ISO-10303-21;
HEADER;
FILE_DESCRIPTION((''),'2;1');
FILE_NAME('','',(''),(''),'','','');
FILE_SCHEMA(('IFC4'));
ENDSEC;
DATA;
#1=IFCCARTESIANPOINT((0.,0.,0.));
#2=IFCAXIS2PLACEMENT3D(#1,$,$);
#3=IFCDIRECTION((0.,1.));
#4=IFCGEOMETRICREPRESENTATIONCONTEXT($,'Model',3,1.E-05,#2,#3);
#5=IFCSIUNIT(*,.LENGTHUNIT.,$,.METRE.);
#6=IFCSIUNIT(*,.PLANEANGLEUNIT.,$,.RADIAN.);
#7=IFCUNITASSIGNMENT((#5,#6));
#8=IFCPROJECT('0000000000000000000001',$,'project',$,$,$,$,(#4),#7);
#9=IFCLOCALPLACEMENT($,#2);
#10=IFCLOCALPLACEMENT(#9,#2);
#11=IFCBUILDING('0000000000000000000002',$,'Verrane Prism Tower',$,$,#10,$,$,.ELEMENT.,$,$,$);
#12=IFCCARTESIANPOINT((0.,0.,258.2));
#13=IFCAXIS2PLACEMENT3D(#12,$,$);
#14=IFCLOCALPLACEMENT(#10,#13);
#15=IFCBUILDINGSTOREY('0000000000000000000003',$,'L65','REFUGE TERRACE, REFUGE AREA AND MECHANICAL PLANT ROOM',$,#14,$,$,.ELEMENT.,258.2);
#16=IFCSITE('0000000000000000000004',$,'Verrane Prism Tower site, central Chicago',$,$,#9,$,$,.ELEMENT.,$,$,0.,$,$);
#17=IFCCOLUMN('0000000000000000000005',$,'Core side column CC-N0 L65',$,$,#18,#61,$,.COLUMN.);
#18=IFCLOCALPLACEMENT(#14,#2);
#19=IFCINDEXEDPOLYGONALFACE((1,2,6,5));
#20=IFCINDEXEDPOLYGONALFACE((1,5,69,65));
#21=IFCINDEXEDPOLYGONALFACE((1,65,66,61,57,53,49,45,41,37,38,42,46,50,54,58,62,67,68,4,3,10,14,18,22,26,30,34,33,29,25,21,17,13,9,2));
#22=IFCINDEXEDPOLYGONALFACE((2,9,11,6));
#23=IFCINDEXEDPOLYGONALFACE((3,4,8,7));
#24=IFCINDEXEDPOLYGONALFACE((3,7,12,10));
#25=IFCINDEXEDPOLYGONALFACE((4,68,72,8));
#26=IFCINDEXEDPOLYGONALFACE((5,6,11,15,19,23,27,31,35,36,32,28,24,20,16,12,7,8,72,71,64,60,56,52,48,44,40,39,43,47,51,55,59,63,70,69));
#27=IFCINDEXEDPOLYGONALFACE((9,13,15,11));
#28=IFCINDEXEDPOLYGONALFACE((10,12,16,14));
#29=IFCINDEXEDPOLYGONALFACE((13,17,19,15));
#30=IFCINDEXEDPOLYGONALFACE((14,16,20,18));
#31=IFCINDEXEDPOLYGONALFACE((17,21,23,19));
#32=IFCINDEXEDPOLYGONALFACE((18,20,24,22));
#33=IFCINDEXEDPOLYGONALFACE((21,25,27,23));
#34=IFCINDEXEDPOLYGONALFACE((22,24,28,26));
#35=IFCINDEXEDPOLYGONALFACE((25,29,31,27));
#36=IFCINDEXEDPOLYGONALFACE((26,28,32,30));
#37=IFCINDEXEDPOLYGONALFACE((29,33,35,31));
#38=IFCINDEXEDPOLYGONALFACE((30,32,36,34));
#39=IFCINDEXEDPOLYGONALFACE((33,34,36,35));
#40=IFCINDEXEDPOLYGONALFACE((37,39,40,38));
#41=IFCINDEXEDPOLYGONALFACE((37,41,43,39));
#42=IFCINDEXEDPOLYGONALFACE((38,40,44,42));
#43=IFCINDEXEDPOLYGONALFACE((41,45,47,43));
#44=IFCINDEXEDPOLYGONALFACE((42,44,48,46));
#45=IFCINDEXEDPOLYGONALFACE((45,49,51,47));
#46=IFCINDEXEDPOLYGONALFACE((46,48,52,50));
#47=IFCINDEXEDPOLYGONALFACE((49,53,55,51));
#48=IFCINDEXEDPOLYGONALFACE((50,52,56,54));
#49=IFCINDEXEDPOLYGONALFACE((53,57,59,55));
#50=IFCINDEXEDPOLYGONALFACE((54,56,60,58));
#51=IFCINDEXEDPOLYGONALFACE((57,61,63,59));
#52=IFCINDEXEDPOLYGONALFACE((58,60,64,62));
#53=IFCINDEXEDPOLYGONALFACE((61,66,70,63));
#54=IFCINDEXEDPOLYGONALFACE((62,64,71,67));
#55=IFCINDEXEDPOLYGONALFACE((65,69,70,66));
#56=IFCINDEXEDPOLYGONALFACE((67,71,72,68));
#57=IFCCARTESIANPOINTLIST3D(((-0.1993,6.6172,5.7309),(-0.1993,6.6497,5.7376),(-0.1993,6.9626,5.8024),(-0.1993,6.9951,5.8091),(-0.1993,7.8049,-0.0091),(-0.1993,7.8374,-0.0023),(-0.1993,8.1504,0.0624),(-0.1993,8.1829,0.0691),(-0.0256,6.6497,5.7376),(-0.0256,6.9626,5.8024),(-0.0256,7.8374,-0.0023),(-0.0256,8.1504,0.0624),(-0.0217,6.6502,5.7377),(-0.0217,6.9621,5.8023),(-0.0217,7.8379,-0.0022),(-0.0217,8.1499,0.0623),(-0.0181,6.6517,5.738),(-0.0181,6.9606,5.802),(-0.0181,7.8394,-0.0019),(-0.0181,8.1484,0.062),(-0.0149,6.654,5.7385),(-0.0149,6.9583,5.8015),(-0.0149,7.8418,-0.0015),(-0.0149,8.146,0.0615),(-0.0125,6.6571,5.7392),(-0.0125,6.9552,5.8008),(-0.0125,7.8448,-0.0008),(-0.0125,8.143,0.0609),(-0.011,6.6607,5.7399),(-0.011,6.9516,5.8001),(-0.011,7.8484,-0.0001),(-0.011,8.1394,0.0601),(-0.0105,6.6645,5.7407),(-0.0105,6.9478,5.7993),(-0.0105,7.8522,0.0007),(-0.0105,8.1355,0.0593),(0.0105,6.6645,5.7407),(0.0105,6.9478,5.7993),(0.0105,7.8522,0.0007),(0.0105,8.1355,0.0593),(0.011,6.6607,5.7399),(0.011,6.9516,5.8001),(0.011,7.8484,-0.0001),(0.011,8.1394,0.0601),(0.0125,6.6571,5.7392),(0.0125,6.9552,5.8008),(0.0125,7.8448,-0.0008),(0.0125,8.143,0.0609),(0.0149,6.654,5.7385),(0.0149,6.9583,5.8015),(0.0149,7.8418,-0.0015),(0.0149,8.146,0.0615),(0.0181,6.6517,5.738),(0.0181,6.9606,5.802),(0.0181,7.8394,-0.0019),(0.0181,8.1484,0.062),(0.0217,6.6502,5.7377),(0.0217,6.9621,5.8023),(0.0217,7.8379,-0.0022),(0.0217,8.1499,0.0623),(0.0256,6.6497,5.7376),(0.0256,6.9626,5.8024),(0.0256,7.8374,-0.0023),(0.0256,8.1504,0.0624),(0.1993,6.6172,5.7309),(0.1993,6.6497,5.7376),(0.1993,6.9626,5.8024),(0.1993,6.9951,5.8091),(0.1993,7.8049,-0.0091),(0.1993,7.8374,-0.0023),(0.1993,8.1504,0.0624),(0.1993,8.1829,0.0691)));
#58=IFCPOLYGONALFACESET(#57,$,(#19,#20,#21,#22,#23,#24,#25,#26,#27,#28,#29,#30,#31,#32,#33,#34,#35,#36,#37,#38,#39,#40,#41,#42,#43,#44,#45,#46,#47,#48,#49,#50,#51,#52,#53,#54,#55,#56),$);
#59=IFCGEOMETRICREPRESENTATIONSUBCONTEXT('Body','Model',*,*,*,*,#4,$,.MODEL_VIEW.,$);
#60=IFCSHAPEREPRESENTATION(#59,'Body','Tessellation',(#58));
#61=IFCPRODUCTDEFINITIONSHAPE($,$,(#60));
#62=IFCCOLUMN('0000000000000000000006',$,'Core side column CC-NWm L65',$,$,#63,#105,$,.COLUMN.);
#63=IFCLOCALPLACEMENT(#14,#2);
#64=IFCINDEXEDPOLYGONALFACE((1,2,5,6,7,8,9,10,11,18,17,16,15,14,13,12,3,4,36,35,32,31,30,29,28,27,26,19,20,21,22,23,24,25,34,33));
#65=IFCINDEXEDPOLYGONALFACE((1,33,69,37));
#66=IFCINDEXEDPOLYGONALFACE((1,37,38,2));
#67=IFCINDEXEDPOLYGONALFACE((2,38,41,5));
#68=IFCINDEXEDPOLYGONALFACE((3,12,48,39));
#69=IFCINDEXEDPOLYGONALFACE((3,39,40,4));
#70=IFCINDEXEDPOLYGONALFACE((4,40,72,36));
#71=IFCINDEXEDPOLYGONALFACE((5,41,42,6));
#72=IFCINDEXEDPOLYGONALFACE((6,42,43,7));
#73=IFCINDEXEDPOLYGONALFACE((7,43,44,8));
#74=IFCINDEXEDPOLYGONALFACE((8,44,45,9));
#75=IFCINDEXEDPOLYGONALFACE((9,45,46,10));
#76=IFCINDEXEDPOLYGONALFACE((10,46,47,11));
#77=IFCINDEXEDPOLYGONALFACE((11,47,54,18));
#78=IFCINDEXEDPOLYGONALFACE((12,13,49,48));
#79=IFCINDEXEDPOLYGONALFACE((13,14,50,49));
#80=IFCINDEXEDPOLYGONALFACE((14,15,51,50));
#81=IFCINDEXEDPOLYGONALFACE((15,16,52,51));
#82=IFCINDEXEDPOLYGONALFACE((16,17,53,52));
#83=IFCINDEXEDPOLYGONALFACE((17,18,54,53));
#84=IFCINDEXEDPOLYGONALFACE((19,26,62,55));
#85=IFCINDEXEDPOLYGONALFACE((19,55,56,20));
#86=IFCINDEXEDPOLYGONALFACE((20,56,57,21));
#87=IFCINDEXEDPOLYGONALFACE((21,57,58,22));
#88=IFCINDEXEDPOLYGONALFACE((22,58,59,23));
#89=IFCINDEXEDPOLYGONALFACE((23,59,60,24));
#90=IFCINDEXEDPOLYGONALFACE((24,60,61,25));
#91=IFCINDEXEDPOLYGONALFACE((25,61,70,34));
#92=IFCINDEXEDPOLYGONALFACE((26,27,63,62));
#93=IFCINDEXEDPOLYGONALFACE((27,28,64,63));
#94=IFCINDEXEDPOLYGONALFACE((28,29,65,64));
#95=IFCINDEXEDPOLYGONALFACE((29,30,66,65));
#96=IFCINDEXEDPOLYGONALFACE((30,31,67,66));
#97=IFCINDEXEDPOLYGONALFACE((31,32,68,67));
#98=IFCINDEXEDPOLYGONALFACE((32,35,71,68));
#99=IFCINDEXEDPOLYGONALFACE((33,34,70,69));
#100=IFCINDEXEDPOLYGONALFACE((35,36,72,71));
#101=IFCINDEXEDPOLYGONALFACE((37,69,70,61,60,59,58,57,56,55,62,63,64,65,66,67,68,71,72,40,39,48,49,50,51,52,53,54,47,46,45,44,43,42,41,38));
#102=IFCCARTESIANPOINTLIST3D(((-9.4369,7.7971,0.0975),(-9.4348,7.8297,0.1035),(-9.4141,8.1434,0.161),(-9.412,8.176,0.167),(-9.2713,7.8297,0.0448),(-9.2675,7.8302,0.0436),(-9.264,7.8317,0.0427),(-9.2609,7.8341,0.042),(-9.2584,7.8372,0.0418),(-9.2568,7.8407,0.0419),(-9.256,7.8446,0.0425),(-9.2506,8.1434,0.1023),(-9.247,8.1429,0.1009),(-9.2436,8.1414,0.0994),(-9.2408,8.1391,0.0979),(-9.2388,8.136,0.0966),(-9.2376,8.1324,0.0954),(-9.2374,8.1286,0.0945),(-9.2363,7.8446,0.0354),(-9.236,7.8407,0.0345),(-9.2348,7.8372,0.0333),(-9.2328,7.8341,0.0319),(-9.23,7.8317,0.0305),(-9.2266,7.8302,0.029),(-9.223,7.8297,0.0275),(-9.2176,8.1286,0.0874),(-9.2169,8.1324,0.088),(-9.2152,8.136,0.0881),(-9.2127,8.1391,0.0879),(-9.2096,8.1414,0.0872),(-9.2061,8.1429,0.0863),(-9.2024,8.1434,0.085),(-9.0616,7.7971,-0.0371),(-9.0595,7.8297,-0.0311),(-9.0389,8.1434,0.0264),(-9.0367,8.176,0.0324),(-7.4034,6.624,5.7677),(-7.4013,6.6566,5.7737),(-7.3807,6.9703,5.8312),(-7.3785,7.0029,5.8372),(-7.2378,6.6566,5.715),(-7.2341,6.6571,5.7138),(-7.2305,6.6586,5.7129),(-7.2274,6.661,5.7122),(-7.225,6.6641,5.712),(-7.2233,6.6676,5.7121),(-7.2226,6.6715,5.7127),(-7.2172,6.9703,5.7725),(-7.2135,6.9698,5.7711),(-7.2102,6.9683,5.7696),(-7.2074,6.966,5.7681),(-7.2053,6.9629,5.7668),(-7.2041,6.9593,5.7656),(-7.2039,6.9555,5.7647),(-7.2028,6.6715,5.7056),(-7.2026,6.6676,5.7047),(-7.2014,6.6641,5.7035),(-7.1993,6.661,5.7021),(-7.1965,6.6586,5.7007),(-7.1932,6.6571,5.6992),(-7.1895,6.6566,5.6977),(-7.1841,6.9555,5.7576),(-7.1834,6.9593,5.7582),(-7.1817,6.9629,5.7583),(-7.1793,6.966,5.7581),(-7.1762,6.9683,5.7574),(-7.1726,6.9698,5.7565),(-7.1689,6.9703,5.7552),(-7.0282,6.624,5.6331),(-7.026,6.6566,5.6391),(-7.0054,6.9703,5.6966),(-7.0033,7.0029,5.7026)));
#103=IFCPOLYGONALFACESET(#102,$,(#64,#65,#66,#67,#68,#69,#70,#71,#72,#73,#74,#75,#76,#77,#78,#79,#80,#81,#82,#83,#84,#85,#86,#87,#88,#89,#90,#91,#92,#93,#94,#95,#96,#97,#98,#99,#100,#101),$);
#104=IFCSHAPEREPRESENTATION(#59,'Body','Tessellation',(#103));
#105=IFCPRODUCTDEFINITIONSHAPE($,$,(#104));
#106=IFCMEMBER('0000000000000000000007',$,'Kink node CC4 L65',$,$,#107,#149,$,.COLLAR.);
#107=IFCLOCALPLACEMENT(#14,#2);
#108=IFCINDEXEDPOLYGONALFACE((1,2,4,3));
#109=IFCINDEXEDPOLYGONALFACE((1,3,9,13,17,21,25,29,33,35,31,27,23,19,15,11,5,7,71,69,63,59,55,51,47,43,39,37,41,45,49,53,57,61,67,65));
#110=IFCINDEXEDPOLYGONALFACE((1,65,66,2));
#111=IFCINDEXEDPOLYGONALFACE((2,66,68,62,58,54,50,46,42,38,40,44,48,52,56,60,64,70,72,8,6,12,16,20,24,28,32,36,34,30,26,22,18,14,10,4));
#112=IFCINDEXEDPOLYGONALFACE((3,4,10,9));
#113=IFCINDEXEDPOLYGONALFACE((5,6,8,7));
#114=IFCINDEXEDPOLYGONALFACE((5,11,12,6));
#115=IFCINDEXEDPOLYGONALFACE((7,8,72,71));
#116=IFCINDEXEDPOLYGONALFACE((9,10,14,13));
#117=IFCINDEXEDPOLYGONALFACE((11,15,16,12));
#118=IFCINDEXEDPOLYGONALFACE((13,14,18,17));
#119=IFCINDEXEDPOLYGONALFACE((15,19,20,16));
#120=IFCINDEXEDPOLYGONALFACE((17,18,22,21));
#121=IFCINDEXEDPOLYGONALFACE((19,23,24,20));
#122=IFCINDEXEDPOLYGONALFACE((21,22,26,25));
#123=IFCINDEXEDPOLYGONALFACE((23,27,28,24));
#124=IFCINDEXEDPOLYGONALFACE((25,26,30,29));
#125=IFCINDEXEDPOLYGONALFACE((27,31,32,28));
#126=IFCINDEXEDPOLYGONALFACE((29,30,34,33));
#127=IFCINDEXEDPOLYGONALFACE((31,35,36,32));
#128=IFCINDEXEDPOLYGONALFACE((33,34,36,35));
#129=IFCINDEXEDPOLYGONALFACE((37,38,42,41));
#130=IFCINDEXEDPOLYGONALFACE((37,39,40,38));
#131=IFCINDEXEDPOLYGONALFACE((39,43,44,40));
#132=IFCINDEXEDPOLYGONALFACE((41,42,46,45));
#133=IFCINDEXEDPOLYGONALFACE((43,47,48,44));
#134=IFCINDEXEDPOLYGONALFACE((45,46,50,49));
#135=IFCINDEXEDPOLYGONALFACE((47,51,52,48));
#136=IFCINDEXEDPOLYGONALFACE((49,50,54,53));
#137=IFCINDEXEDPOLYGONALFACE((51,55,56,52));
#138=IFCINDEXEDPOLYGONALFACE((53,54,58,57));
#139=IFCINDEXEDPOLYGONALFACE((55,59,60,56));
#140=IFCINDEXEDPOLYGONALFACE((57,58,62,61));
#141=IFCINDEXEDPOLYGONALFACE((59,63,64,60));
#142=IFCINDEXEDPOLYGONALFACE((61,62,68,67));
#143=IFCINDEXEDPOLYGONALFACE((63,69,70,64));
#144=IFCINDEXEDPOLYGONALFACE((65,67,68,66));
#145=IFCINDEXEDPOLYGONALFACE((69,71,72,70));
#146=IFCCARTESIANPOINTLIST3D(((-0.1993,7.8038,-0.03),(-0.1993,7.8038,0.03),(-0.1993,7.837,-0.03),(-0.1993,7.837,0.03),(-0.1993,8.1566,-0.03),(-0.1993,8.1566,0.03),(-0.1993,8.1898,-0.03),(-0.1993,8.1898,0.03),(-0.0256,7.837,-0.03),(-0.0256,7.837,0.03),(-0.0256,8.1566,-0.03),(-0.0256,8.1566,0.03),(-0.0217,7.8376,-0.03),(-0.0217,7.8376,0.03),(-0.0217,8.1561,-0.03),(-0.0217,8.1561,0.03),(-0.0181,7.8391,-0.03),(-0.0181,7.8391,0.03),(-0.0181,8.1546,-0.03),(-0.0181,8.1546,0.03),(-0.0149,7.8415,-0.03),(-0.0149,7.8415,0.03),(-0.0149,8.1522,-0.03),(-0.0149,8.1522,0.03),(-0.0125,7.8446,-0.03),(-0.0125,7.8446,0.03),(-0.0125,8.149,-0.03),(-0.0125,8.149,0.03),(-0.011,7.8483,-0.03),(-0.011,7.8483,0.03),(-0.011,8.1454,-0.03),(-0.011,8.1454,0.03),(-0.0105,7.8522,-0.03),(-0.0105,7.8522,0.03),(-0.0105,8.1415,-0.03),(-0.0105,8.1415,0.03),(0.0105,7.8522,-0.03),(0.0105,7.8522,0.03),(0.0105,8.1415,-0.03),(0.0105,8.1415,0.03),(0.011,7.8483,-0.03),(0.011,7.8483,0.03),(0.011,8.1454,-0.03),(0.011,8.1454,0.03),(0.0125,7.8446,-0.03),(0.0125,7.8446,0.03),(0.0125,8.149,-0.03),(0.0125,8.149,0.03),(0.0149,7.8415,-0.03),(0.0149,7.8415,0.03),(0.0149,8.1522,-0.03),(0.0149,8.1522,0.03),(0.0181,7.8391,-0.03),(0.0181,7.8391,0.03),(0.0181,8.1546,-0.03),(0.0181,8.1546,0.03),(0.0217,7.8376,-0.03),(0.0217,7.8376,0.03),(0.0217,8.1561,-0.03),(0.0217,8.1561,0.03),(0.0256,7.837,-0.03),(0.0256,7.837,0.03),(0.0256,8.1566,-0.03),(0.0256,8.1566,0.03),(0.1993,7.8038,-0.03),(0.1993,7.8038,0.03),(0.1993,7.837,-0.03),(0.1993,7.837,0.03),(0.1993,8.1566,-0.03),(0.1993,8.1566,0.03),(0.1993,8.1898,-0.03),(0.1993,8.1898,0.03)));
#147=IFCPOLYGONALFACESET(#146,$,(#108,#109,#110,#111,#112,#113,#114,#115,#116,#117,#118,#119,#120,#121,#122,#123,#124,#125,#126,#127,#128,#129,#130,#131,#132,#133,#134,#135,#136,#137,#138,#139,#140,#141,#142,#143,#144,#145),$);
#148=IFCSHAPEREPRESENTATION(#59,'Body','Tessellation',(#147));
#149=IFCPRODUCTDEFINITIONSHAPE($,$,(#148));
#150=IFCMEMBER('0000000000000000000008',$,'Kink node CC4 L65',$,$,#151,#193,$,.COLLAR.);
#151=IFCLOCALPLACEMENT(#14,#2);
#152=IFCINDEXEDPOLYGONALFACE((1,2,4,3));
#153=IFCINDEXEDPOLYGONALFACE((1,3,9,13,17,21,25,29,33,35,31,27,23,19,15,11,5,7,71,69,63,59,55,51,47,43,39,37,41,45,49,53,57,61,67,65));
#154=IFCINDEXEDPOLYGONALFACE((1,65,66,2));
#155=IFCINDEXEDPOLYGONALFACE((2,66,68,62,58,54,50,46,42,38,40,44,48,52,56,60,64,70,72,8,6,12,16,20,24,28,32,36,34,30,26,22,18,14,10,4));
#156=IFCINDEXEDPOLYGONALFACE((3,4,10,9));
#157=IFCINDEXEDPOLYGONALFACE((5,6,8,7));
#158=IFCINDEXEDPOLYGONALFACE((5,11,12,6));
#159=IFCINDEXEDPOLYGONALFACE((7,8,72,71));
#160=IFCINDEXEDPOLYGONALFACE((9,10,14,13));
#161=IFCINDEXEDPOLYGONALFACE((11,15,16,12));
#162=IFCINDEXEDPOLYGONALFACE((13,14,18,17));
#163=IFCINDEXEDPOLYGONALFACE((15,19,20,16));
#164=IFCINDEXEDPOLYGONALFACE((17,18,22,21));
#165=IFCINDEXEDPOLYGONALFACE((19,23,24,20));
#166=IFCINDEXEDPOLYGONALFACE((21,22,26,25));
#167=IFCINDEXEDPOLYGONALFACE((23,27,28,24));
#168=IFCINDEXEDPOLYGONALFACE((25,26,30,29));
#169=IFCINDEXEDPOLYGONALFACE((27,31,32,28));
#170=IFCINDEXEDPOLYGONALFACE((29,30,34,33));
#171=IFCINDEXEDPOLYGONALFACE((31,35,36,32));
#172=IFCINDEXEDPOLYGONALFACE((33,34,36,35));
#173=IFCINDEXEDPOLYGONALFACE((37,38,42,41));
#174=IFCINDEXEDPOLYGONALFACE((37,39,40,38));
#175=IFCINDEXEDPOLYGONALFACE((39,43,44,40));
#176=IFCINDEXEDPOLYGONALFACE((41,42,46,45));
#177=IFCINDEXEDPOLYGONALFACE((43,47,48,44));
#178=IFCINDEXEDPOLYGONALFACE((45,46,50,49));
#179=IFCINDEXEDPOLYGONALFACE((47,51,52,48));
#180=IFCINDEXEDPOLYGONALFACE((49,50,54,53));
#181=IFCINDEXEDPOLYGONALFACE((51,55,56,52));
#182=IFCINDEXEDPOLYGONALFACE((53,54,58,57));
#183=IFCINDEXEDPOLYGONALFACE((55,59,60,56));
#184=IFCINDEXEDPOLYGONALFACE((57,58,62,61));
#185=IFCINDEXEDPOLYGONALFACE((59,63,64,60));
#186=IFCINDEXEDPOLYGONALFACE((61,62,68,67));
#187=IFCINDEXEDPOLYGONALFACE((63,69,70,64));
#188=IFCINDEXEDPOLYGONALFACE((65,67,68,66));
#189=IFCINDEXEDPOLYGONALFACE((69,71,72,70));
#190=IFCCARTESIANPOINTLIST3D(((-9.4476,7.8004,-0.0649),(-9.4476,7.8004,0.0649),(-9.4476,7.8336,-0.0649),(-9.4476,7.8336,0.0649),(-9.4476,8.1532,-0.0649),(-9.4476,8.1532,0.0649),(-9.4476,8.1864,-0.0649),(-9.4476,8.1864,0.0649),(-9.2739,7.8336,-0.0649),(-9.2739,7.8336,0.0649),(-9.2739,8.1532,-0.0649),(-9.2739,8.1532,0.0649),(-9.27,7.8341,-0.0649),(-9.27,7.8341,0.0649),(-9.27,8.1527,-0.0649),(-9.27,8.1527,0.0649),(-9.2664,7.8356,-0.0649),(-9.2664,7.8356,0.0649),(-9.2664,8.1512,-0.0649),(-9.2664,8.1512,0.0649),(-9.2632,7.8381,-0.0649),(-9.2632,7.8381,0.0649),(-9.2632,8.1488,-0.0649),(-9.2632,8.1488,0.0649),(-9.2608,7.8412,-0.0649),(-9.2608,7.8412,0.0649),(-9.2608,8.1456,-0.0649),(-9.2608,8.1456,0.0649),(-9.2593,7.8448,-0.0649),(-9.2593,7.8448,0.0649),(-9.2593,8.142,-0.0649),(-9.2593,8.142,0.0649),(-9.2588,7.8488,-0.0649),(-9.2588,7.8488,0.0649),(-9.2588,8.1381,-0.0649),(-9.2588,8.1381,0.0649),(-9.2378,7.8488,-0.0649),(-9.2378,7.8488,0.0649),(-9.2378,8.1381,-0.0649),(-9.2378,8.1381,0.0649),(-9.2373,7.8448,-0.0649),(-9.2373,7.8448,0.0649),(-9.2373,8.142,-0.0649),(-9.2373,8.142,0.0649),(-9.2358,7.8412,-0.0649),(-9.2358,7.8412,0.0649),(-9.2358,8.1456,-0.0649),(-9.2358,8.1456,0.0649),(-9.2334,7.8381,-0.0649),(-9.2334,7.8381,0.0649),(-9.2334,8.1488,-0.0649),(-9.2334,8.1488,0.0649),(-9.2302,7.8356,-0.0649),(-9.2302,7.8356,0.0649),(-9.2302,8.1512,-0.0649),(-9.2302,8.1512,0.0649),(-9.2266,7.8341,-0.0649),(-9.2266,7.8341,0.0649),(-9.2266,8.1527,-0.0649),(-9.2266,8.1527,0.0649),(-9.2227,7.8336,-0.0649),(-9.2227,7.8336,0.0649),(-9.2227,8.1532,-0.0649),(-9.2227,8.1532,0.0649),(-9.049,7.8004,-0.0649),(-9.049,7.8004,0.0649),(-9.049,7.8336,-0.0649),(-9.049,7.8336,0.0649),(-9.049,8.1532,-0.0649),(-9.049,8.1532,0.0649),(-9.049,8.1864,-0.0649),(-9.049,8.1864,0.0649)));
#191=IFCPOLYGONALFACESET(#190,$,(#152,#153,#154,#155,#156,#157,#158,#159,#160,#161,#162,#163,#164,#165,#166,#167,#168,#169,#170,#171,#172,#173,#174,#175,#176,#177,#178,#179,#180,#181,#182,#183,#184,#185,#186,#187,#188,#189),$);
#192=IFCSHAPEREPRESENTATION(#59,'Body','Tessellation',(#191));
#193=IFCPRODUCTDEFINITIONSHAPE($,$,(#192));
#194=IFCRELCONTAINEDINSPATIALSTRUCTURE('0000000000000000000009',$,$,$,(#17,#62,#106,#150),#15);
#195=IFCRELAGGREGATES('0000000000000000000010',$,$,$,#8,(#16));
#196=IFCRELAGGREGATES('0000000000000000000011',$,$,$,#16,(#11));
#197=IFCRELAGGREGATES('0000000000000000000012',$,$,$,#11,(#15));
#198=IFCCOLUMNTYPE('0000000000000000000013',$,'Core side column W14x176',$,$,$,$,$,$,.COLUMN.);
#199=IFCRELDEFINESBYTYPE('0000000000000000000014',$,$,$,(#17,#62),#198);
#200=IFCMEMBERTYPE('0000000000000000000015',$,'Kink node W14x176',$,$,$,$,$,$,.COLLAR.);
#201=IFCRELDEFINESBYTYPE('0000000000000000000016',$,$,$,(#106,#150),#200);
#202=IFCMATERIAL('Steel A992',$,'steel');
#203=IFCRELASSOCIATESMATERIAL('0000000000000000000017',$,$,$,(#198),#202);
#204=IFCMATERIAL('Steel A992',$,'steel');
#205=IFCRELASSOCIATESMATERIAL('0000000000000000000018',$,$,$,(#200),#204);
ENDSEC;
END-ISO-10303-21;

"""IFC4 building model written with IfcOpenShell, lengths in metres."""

from ifc_helpers import new_model, si_unit, direction, frame, origin, origin_2d, place, context, subcontext, project, spatial, i_section, extrude, material, material_profile, profile_set, type_object, element, save


model = new_model("IFC4")

# Units and contexts
model_context = context("Model", 3, precision=1e-05, world=origin(), true_north=direction((0.0, 1.0)))
body_context = subcontext(model_context, "Body", "Model", "MODEL_VIEW")
ifc_project = project(units=[si_unit("LENGTHUNIT", "METRE"), si_unit("PLANEANGLEUNIT", "RADIAN")], contexts=[model_context])

# Site, building, storey
site_placement = place(None, origin())
site = spatial("IfcSite", under=ifc_project, at=site_placement, Name="Verrane Prism Tower site, central Chicago", CompositionType="ELEMENT", RefElevation=0.0)
building_placement = place(site_placement, origin())
building = spatial("IfcBuilding", under=site, at=building_placement, Name="Verrane Prism Tower", CompositionType="ELEMENT")
storey_placement = place(building_placement, frame((0.0, 0.0, 258.2)))
storey = spatial("IfcBuildingStorey", under=building, at=storey_placement, Name="L65", Description="REFUGE TERRACE, REFUGE AREA AND MECHANICAL PLANT ROOM", CompositionType="ELEMENT", Elevation=258.2)

# Columns
ifc_material_1 = material(Name="Steel A992", Category="steel")
ifc_material_profile_1 = material_profile(ifc_material_1, i_section(OverallWidth=0.3987, OverallDepth=0.386, WebThickness=0.021, FlangeThickness=0.0332, FilletRadius=0.0151, at=origin_2d()), Name="W14x176")
ifc_profile_set_1 = profile_set([ifc_material_profile_1], Name="Steel A992")
column_type = type_object("IfcColumnType", Name="Core side column W14x176", PredefinedType="COLUMN", material=ifc_profile_set_1)
column_1_placement = place(storey_placement, frame((0.0, 7.9939, 0.03), z_axis=(0.0, -0.202632, 0.979255), x_axis=(1.0, 0.0, 0.0)))
element("IfcColumn", 1, at=column_1_placement, inside=storey, type_object=column_type, Name="Core side column CC-N0 L65", PredefinedType="COLUMN", context=body_context, shape_type="SweptSolid", body=[
    extrude(i_section(OverallWidth=0.3987, OverallDepth=0.386, WebThickness=0.021, FlangeThickness=0.0332, FilletRadius=0.0151, at=origin_2d()), origin(), (0.0, 0.0, 1.0), 5.8616),
])
column_2_placement = place(storey_placement, frame((-9.2368, 7.9866, 0.0649), z_axis=(0.331346, -0.191154, 0.923943), x_axis=(0.941301, 0.000015, -0.337568)))
element("IfcColumn", 2, at=column_2_placement, inside=storey, type_object=column_type, Name="Core side column CC-NWm L65", PredefinedType="COLUMN", context=body_context, shape_type="SweptSolid", body=[
    extrude(i_section(OverallWidth=0.3987, OverallDepth=0.386, WebThickness=0.021, FlangeThickness=0.0332, FilletRadius=0.0151, at=origin_2d()), origin(), (0.0, 0.0, 1.0), 6.137),
])

# Members
ifc_material_2 = material(Name="Steel A992", Category="steel")
ifc_material_profile_2 = material_profile(ifc_material_2, i_section(OverallWidth=0.3987, OverallDepth=0.386, WebThickness=0.021, FlangeThickness=0.0332, FilletRadius=0.0151, at=origin_2d()), Name="W14x176")
ifc_profile_set_2 = profile_set([ifc_material_profile_2], Name="Steel A992")
member_type = type_object("IfcMemberType", Name="Kink node W14x176", PredefinedType="COLLAR", material=ifc_profile_set_2)
member_1_placement = place(storey_placement, frame((0.0, 7.9968, -0.03), z_axis=(0.0, 0.0, 1.0), x_axis=(1.0, 0.0, 0.0)))
element("IfcMember", 3, at=member_1_placement, inside=storey, type_object=member_type, Name="Kink node CC4 L65", PredefinedType="COLLAR", context=body_context, shape_type="SweptSolid", body=[
    extrude(i_section(OverallWidth=0.3987, OverallDepth=0.386, WebThickness=0.021, FlangeThickness=0.0332, FilletRadius=0.0151, at=origin_2d()), origin(), (0.0, 0.0, 1.0), 0.0601),
])
member_2_placement = place(storey_placement, frame((-9.2483, 7.9934, -0.0649), z_axis=(0.0, 0.0, 1.0), x_axis=(1.0, 0.0, 0.0)))
element("IfcMember", 4, at=member_2_placement, inside=storey, type_object=member_type, Name="Kink node CC4 L65", PredefinedType="COLLAR", context=body_context, shape_type="SweptSolid", body=[
    extrude(i_section(OverallWidth=0.3987, OverallDepth=0.386, WebThickness=0.021, FlangeThickness=0.0332, FilletRadius=0.0151, at=origin_2d()), origin(), (0.0, 0.0, 1.0), 0.1299),
])

save(model, "model.ifc")
